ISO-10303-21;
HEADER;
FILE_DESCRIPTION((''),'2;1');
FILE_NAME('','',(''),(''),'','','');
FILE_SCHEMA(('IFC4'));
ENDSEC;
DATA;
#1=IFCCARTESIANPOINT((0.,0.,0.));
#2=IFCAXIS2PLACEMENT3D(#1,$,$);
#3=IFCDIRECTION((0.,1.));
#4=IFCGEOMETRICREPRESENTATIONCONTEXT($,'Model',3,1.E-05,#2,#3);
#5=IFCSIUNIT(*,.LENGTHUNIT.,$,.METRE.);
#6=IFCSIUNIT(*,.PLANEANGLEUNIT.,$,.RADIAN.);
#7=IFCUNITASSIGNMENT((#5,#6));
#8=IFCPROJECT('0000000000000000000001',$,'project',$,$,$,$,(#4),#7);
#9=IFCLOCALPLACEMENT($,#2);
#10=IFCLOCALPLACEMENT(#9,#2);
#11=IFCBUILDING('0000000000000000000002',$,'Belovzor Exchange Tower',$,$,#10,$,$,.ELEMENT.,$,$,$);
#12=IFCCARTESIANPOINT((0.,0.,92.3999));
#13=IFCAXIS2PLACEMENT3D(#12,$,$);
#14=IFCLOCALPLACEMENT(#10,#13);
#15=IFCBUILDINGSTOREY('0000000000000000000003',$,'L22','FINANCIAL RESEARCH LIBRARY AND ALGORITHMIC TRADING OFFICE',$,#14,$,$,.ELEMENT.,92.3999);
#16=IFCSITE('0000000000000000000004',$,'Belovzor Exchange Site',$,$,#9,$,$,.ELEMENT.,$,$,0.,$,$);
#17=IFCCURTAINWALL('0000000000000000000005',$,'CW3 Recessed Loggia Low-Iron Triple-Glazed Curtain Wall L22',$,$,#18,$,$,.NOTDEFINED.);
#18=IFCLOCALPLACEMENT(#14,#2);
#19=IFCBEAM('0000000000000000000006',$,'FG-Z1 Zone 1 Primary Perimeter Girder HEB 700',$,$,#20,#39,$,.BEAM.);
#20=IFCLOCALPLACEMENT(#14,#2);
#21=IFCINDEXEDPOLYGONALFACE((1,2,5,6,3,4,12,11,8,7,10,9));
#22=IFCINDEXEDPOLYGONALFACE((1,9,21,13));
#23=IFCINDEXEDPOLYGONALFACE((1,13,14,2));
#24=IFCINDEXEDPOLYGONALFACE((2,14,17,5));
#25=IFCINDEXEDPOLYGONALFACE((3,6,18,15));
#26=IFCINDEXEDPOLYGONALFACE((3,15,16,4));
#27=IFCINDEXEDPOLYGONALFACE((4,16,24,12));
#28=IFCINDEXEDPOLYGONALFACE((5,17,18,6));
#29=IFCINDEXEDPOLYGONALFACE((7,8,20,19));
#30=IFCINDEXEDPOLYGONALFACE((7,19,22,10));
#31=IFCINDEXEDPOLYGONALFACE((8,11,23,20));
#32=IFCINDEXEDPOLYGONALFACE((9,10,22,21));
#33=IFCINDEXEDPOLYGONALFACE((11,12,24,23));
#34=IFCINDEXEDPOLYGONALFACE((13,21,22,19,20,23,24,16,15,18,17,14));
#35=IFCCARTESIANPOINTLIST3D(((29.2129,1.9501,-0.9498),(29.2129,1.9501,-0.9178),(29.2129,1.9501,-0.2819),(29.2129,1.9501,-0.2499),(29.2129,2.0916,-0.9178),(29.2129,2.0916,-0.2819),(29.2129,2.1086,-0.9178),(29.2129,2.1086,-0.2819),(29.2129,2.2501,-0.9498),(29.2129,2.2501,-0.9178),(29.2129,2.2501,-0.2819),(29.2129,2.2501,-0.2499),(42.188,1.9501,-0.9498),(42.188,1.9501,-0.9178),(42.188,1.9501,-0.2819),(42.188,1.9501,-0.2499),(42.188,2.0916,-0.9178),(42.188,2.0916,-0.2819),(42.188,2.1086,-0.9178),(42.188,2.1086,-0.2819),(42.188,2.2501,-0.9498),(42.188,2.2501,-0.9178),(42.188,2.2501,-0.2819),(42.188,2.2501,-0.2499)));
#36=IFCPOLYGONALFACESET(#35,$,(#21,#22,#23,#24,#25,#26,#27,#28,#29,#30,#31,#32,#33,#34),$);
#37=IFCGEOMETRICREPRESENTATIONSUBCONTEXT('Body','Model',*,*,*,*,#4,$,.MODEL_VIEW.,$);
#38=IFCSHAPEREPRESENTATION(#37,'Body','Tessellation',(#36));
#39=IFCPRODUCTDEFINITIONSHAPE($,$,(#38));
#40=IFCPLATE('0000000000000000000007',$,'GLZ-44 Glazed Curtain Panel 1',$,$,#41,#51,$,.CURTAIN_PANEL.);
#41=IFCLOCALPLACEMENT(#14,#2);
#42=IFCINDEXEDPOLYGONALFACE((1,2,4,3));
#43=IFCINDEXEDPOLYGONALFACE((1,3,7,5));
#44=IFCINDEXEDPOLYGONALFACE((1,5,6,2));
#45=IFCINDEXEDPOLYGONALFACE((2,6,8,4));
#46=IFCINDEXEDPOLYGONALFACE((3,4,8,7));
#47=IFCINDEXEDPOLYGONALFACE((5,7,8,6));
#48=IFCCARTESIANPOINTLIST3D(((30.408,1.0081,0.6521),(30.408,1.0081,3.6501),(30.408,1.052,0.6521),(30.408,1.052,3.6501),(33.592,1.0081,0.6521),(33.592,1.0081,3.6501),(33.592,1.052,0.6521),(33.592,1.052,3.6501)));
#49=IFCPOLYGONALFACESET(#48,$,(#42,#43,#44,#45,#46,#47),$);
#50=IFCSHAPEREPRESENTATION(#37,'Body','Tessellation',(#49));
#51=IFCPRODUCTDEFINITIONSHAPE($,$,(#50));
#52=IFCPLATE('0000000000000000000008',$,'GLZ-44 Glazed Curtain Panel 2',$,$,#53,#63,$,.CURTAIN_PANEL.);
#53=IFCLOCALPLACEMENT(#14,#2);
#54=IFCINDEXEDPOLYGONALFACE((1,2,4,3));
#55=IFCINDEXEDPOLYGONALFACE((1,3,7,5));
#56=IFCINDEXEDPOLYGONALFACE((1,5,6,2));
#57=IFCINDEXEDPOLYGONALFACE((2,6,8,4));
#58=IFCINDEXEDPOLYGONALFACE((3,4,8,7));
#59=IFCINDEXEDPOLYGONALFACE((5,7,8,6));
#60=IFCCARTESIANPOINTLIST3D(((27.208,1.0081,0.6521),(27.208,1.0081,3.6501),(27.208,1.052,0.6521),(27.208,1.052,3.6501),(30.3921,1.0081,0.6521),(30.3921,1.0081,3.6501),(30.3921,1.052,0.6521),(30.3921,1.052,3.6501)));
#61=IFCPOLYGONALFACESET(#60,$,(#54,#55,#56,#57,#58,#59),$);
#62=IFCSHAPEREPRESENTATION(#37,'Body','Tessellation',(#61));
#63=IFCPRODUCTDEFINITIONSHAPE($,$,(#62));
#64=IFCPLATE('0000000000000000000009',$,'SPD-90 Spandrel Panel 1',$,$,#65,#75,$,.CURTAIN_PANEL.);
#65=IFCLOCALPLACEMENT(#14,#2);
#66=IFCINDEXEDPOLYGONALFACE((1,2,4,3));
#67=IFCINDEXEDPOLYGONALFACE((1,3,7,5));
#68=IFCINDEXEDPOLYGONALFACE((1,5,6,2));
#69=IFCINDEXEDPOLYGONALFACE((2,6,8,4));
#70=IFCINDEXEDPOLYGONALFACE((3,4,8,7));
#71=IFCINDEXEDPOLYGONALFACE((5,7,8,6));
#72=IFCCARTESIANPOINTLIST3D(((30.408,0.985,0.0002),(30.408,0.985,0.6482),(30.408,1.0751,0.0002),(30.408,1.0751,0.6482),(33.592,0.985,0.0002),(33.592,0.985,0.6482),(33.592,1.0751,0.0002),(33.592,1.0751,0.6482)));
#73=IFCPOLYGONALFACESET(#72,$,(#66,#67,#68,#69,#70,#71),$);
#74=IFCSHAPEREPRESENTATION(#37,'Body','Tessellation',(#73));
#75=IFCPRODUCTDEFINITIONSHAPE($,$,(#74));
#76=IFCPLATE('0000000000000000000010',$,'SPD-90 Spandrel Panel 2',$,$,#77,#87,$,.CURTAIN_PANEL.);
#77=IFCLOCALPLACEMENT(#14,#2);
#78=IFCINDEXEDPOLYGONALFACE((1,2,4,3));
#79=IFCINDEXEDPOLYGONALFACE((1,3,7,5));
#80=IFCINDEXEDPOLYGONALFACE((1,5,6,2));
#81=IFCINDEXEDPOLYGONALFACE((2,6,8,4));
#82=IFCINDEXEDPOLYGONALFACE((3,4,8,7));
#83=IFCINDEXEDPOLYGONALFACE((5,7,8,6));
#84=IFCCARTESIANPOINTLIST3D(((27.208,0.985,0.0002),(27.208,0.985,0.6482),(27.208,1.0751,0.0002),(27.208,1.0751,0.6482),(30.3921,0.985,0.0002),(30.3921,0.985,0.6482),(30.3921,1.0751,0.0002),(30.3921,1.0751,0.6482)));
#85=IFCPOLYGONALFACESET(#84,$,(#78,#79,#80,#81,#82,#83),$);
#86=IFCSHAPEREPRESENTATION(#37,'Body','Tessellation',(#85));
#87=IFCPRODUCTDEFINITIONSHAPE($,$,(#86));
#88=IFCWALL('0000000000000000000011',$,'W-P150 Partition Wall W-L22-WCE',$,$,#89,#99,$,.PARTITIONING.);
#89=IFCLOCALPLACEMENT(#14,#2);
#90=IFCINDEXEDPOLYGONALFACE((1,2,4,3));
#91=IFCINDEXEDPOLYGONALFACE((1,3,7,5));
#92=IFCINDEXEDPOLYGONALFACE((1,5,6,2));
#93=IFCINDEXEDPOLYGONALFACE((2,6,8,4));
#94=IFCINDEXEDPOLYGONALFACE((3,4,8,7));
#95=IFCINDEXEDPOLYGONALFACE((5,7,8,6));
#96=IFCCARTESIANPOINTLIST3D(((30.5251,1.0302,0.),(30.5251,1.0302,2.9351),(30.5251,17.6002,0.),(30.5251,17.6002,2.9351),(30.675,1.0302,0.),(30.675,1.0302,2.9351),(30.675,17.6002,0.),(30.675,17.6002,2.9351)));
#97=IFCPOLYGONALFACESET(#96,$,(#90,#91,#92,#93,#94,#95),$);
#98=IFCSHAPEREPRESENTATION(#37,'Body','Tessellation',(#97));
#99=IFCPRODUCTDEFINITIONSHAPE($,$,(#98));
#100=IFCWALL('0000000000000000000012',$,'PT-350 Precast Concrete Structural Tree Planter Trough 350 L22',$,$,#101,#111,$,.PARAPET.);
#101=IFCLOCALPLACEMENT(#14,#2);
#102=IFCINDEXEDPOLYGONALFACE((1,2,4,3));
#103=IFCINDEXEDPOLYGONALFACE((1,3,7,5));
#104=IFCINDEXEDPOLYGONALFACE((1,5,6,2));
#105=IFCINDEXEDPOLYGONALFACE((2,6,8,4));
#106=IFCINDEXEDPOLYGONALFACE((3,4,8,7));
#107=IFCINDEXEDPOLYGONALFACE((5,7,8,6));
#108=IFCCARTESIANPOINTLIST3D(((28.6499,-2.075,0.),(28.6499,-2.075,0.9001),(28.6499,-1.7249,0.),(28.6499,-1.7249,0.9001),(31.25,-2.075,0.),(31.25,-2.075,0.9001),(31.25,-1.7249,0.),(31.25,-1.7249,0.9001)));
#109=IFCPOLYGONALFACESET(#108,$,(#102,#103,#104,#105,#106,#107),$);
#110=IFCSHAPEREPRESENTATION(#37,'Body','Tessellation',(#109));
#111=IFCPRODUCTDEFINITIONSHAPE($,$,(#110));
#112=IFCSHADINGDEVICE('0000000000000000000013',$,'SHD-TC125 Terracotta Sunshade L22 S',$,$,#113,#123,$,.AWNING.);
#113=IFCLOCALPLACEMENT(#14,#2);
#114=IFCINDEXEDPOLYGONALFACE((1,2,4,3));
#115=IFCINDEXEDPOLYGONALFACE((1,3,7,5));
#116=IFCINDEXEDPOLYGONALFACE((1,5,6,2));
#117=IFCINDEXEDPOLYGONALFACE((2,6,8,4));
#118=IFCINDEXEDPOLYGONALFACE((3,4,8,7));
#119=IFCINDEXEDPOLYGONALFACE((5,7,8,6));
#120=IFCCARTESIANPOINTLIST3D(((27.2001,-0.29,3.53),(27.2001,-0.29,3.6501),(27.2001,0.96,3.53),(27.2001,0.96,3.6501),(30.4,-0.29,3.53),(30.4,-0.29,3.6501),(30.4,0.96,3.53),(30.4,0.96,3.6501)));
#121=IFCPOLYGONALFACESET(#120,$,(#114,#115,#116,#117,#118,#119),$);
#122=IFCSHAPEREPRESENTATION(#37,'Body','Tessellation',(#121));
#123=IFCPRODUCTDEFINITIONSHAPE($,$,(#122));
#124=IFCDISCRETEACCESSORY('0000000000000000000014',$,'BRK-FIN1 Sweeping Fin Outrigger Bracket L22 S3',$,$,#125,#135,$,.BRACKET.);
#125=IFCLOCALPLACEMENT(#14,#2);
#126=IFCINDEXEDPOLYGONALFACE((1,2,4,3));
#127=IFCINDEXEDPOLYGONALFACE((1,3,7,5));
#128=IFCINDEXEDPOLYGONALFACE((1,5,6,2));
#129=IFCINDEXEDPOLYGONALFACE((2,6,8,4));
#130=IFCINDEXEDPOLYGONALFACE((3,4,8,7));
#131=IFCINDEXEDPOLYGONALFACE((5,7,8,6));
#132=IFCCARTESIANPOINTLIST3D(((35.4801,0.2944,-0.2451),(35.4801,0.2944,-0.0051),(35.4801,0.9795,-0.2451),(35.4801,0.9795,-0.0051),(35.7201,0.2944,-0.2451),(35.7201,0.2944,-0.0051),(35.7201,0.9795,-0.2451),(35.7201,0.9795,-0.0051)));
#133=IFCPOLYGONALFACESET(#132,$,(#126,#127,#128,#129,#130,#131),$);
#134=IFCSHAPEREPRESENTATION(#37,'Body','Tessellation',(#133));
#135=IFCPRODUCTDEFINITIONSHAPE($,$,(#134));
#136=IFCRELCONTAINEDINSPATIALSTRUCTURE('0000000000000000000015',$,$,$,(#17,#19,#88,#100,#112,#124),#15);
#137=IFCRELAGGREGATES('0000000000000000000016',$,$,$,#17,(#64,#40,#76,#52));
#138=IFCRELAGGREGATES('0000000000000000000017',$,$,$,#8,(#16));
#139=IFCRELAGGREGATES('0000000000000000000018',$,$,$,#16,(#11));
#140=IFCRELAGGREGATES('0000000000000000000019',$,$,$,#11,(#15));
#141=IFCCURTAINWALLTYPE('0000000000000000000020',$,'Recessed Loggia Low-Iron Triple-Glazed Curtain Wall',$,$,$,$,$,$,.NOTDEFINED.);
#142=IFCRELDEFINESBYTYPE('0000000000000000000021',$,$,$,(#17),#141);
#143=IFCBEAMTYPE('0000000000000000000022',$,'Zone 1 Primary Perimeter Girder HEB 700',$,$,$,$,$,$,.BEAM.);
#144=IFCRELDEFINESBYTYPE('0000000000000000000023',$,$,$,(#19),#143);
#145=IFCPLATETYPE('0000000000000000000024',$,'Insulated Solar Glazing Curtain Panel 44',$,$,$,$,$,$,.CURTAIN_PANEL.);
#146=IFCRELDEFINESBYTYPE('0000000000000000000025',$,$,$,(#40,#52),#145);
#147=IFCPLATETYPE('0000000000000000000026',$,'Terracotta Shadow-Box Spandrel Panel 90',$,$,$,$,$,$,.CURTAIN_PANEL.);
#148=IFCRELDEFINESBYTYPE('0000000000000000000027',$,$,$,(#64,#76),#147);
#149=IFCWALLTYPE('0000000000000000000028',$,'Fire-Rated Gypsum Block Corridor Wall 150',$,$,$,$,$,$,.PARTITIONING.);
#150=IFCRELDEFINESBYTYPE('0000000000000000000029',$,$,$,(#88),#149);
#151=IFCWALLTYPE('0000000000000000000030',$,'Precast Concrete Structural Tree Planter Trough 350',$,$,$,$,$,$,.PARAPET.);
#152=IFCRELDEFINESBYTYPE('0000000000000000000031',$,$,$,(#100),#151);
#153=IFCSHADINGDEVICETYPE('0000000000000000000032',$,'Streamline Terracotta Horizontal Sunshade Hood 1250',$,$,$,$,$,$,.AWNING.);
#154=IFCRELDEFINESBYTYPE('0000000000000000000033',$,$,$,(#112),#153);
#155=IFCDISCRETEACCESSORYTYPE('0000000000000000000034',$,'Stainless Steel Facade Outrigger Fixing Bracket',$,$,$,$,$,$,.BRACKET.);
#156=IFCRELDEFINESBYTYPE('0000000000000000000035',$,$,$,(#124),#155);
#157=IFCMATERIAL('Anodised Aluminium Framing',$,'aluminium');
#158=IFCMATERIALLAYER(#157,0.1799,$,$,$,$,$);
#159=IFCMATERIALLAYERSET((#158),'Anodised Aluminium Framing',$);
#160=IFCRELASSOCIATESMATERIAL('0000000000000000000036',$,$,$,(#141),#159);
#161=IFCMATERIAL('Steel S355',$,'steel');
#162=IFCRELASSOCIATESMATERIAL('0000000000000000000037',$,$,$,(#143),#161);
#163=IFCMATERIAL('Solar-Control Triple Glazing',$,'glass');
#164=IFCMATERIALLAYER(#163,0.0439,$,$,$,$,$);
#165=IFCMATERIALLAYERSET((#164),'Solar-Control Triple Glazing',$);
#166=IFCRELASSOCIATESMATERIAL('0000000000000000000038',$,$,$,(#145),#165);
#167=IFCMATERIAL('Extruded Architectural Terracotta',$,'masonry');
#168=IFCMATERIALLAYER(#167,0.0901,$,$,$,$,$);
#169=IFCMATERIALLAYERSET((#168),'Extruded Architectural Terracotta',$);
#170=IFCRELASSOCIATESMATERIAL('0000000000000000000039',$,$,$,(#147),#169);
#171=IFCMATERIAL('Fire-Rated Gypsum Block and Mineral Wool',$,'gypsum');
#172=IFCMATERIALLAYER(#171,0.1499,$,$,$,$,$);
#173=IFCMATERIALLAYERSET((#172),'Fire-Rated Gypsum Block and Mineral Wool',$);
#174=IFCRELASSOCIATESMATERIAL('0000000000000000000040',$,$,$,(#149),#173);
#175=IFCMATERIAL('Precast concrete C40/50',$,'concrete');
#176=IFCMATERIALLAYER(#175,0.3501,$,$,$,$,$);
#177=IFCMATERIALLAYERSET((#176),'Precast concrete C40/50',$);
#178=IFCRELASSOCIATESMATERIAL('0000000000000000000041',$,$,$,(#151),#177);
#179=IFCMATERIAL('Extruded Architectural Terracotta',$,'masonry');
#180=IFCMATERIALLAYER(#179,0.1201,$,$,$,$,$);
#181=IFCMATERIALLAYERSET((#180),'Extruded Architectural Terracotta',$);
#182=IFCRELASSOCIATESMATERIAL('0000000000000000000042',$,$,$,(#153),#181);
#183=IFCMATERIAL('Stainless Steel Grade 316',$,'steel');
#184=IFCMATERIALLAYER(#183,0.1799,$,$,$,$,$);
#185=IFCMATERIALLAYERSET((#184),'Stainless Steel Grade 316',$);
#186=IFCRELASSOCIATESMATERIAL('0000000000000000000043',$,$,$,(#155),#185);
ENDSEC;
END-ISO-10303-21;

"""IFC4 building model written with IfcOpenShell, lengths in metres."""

from ifc_helpers import new_model, si_unit, direction, frame, frame_2d, origin, origin_2d, place, context, subcontext, project, spatial, rectangle, i_section, extrude, material, layer, layer_set, material_profile, profile_set, type_object, element, aggregate, save


model = new_model("IFC4")

# Units and contexts
model_context = context("Model", 3, precision=1e-05, world=origin(), true_north=direction((0.0, 1.0)))
body_context = subcontext(model_context, "Body", "Model", "MODEL_VIEW")
ifc_project = project(units=[si_unit("LENGTHUNIT", "METRE"), si_unit("PLANEANGLEUNIT", "RADIAN")], contexts=[model_context])

# Site, building, storey
site_placement = place(None, origin())
site = spatial("IfcSite", under=ifc_project, at=site_placement, Name="Belovzor Exchange Site", CompositionType="ELEMENT", RefElevation=0.0)
building_placement = place(site_placement, origin())
building = spatial("IfcBuilding", under=site, at=building_placement, Name="Belovzor Exchange Tower", CompositionType="ELEMENT")
storey_placement = place(building_placement, frame((0.0, 0.0, 92.3999)))
storey = spatial("IfcBuildingStorey", under=building, at=storey_placement, Name="L22", Description="FINANCIAL RESEARCH LIBRARY AND ALGORITHMIC TRADING OFFICE", CompositionType="ELEMENT", Elevation=92.3999)

# Curtain wall
ifc_material_1 = material(Name="Anodised Aluminium Framing", Category="aluminium")
ifc_layer_1 = layer(ifc_material_1, 0.1799)
ifc_layer_set_1 = layer_set([ifc_layer_1], Name="Anodised Aluminium Framing")
curtain_wall_type = type_object("IfcCurtainWallType", Name="Recessed Loggia Low-Iron Triple-Glazed Curtain Wall", PredefinedType="NOTDEFINED", material=ifc_layer_set_1)
curtain_wall_placement = place(storey_placement, origin())
curtain_wall = element("IfcCurtainWall", 1, at=curtain_wall_placement, inside=storey, type_object=curtain_wall_type, Name="CW3 Recessed Loggia Low-Iron Triple-Glazed Curtain Wall L22", PredefinedType="NOTDEFINED")

# Beam
ifc_material_2 = material(Name="Steel S355", Category="steel")
ifc_material_profile_1 = material_profile(ifc_material_2, i_section(OverallWidth=0.3, OverallDepth=0.7, WebThickness=0.0171, FlangeThickness=0.032, at=origin_2d()))
ifc_profile_set_1 = profile_set([ifc_material_profile_1], Name="Steel S355")
beam_type_1 = type_object("IfcBeamType", Name="Zone 1 Primary Perimeter Girder HEB 700", PredefinedType="BEAM", material=ifc_profile_set_1)
beam_1_placement = place(storey_placement, frame((29.2129, 2.1001, -0.5999), z_axis=(1.0, 0.0, 0.0), x_axis=(0.0, 1.0, 0.0)))
element("IfcBeam", 2, at=beam_1_placement, inside=storey, type_object=beam_type_1, Name="FG-Z1 Zone 1 Primary Perimeter Girder HEB 700", PredefinedType="BEAM", context=body_context, shape_type="SweptSolid", body=[
    extrude(i_section(OverallWidth=0.3, OverallDepth=0.7, WebThickness=0.0171, FlangeThickness=0.032, at=origin_2d()), origin(), (0.0, 0.0, 1.0), 12.9751),
])

# Plates
ifc_material_3 = material(Name="Solar-Control Triple Glazing", Category="glass")
ifc_layer_2 = layer(ifc_material_3, 0.0439)
ifc_layer_set_2 = layer_set([ifc_layer_2], Name="Solar-Control Triple Glazing")
plate_type_1 = type_object("IfcPlateType", Name="Insulated Solar Glazing Curtain Panel 44", PredefinedType="CURTAIN_PANEL", material=ifc_layer_set_2)
plate_1_placement = place(storey_placement, frame((32.0, 1.03, 0.6521), z_axis=(0.0, 0.0, 1.0), x_axis=(-1.0, 0.0, 0.0)))
plate_1 = element("IfcPlate", 3, at=plate_1_placement, type_object=plate_type_1, Name="GLZ-44 Glazed Curtain Panel 1", PredefinedType="CURTAIN_PANEL", context=body_context, shape_type="SweptSolid", body=[
    extrude(rectangle(XDim=3.1841, YDim=0.0439, at=origin_2d()), origin(), (0.0, 0.0, 1.0), 2.998),
])
plate_2_placement = place(storey_placement, frame((28.8, 1.03, 0.6521), z_axis=(0.0, 0.0, 1.0), x_axis=(-1.0, 0.0, 0.0)))
plate_2 = element("IfcPlate", 4, at=plate_2_placement, type_object=plate_type_1, Name="GLZ-44 Glazed Curtain Panel 2", PredefinedType="CURTAIN_PANEL", context=body_context, shape_type="SweptSolid", body=[
    extrude(rectangle(XDim=3.1841, YDim=0.0439, at=origin_2d()), origin(), (0.0, 0.0, 1.0), 2.998),
])
ifc_material_4 = material(Name="Extruded Architectural Terracotta", Category="masonry")
ifc_layer_3 = layer(ifc_material_4, 0.0901)
ifc_layer_set_3 = layer_set([ifc_layer_3], Name="Extruded Architectural Terracotta")
plate_type_2 = type_object("IfcPlateType", Name="Terracotta Shadow-Box Spandrel Panel 90", PredefinedType="CURTAIN_PANEL", material=ifc_layer_set_3)
plate_3_placement = place(storey_placement, frame((32.0, 1.03, 0.0002), z_axis=(0.0, 0.0, 1.0), x_axis=(-1.0, 0.0, 0.0)))
plate_3 = element("IfcPlate", 5, at=plate_3_placement, type_object=plate_type_2, Name="SPD-90 Spandrel Panel 1", PredefinedType="CURTAIN_PANEL", context=body_context, shape_type="SweptSolid", body=[
    extrude(rectangle(XDim=3.1841, YDim=0.0901, at=origin_2d()), origin(), (0.0, 0.0, 1.0), 0.6479),
])
plate_4_placement = place(storey_placement, frame((28.8, 1.03, 0.0002), z_axis=(0.0, 0.0, 1.0), x_axis=(-1.0, 0.0, 0.0)))
plate_4 = element("IfcPlate", 6, at=plate_4_placement, type_object=plate_type_2, Name="SPD-90 Spandrel Panel 2", PredefinedType="CURTAIN_PANEL", context=body_context, shape_type="SweptSolid", body=[
    extrude(rectangle(XDim=3.1841, YDim=0.0901, at=origin_2d()), origin(), (0.0, 0.0, 1.0), 0.6479),
])
aggregate(curtain_wall, [plate_3, plate_1, plate_4, plate_2])

# Walls
ifc_material_5 = material(Name="Fire-Rated Gypsum Block and Mineral Wool", Category="gypsum")
ifc_layer_4 = layer(ifc_material_5, 0.1499)
ifc_layer_set_4 = layer_set([ifc_layer_4], Name="Fire-Rated Gypsum Block and Mineral Wool")
wall_type_1 = type_object("IfcWallType", Name="Fire-Rated Gypsum Block Corridor Wall 150", PredefinedType="PARTITIONING", material=ifc_layer_set_4)
wall_1_placement = place(storey_placement, frame((30.6001, 1.03, 0.0), z_axis=(0.0, 0.0, 1.0), x_axis=(0.0, 1.0, 0.0)))
element("IfcWall", 7, at=wall_1_placement, inside=storey, type_object=wall_type_1, Name="W-P150 Partition Wall W-L22-WCE", PredefinedType="PARTITIONING", context=body_context, shape_type="SweptSolid", body=[
    extrude(rectangle(XDim=16.5701, YDim=0.1499, at=frame_2d((8.2852, 0.0))), origin(), (0.0, 0.0, 1.0), 2.9351),
])
ifc_material_6 = material(Name="Precast concrete C40/50", Category="concrete")
ifc_layer_5 = layer(ifc_material_6, 0.3501)
ifc_layer_set_5 = layer_set([ifc_layer_5], Name="Precast concrete C40/50")
wall_type_2 = type_object("IfcWallType", Name="Precast Concrete Structural Tree Planter Trough 350", PredefinedType="PARAPET", material=ifc_layer_set_5)
wall_2_placement = place(storey_placement, frame((28.6499, -1.8999, 0.0), z_axis=(0.0, 0.0, 1.0), x_axis=(1.0, 0.0, 0.0)))
element("IfcWall", 8, at=wall_2_placement, inside=storey, type_object=wall_type_2, Name="PT-350 Precast Concrete Structural Tree Planter Trough 350 L22", PredefinedType="PARAPET", context=body_context, shape_type="SweptSolid", body=[
    extrude(rectangle(XDim=2.6001, YDim=0.3501, at=frame_2d((1.3, 0.0))), origin(), (0.0, 0.0, 1.0), 0.9001),
])

# Shading device
ifc_material_7 = material(Name="Extruded Architectural Terracotta", Category="masonry")
ifc_layer_6 = layer(ifc_material_7, 0.1201)
ifc_layer_set_6 = layer_set([ifc_layer_6], Name="Extruded Architectural Terracotta")
shading_device_type = type_object("IfcShadingDeviceType", Name="Streamline Terracotta Horizontal Sunshade Hood 1250", PredefinedType="AWNING", material=ifc_layer_set_6)
shading_device_placement = place(storey_placement, frame((28.8, 0.335, 3.53), z_axis=(0.0, 0.0, 1.0), x_axis=(1.0, 0.0, 0.0)))
element("IfcShadingDevice", 9, at=shading_device_placement, inside=storey, type_object=shading_device_type, Name="SHD-TC125 Terracotta Sunshade L22 S", PredefinedType="AWNING", context=body_context, shape_type="SweptSolid", body=[
    extrude(rectangle(XDim=3.2, YDim=1.25, at=origin_2d()), origin(), (0.0, 0.0, 1.0), 0.1201),
])

# Discrete accessory
ifc_material_8 = material(Name="Stainless Steel Grade 316", Category="steel")
ifc_layer_7 = layer(ifc_material_8, 0.1799)
ifc_layer_set_7 = layer_set([ifc_layer_7], Name="Stainless Steel Grade 316")
discrete_accessory_type = type_object("IfcDiscreteAccessoryType", Name="Stainless Steel Facade Outrigger Fixing Bracket", PredefinedType="BRACKET", material=ifc_layer_set_7)
discrete_accessory_placement = place(storey_placement, frame((35.6001, 0.637, -0.2451), z_axis=(0.0, 0.0, 1.0), x_axis=(0.0, 1.0, 0.0)))
element("IfcDiscreteAccessory", 10, at=discrete_accessory_placement, inside=storey, type_object=discrete_accessory_type, Name="BRK-FIN1 Sweeping Fin Outrigger Bracket L22 S3", PredefinedType="BRACKET", context=body_context, shape_type="SweptSolid", body=[
    extrude(rectangle(XDim=0.6851, YDim=0.24, at=origin_2d()), origin(), (0.0, 0.0, 1.0), 0.24),
])

save(model, "model.ifc")
